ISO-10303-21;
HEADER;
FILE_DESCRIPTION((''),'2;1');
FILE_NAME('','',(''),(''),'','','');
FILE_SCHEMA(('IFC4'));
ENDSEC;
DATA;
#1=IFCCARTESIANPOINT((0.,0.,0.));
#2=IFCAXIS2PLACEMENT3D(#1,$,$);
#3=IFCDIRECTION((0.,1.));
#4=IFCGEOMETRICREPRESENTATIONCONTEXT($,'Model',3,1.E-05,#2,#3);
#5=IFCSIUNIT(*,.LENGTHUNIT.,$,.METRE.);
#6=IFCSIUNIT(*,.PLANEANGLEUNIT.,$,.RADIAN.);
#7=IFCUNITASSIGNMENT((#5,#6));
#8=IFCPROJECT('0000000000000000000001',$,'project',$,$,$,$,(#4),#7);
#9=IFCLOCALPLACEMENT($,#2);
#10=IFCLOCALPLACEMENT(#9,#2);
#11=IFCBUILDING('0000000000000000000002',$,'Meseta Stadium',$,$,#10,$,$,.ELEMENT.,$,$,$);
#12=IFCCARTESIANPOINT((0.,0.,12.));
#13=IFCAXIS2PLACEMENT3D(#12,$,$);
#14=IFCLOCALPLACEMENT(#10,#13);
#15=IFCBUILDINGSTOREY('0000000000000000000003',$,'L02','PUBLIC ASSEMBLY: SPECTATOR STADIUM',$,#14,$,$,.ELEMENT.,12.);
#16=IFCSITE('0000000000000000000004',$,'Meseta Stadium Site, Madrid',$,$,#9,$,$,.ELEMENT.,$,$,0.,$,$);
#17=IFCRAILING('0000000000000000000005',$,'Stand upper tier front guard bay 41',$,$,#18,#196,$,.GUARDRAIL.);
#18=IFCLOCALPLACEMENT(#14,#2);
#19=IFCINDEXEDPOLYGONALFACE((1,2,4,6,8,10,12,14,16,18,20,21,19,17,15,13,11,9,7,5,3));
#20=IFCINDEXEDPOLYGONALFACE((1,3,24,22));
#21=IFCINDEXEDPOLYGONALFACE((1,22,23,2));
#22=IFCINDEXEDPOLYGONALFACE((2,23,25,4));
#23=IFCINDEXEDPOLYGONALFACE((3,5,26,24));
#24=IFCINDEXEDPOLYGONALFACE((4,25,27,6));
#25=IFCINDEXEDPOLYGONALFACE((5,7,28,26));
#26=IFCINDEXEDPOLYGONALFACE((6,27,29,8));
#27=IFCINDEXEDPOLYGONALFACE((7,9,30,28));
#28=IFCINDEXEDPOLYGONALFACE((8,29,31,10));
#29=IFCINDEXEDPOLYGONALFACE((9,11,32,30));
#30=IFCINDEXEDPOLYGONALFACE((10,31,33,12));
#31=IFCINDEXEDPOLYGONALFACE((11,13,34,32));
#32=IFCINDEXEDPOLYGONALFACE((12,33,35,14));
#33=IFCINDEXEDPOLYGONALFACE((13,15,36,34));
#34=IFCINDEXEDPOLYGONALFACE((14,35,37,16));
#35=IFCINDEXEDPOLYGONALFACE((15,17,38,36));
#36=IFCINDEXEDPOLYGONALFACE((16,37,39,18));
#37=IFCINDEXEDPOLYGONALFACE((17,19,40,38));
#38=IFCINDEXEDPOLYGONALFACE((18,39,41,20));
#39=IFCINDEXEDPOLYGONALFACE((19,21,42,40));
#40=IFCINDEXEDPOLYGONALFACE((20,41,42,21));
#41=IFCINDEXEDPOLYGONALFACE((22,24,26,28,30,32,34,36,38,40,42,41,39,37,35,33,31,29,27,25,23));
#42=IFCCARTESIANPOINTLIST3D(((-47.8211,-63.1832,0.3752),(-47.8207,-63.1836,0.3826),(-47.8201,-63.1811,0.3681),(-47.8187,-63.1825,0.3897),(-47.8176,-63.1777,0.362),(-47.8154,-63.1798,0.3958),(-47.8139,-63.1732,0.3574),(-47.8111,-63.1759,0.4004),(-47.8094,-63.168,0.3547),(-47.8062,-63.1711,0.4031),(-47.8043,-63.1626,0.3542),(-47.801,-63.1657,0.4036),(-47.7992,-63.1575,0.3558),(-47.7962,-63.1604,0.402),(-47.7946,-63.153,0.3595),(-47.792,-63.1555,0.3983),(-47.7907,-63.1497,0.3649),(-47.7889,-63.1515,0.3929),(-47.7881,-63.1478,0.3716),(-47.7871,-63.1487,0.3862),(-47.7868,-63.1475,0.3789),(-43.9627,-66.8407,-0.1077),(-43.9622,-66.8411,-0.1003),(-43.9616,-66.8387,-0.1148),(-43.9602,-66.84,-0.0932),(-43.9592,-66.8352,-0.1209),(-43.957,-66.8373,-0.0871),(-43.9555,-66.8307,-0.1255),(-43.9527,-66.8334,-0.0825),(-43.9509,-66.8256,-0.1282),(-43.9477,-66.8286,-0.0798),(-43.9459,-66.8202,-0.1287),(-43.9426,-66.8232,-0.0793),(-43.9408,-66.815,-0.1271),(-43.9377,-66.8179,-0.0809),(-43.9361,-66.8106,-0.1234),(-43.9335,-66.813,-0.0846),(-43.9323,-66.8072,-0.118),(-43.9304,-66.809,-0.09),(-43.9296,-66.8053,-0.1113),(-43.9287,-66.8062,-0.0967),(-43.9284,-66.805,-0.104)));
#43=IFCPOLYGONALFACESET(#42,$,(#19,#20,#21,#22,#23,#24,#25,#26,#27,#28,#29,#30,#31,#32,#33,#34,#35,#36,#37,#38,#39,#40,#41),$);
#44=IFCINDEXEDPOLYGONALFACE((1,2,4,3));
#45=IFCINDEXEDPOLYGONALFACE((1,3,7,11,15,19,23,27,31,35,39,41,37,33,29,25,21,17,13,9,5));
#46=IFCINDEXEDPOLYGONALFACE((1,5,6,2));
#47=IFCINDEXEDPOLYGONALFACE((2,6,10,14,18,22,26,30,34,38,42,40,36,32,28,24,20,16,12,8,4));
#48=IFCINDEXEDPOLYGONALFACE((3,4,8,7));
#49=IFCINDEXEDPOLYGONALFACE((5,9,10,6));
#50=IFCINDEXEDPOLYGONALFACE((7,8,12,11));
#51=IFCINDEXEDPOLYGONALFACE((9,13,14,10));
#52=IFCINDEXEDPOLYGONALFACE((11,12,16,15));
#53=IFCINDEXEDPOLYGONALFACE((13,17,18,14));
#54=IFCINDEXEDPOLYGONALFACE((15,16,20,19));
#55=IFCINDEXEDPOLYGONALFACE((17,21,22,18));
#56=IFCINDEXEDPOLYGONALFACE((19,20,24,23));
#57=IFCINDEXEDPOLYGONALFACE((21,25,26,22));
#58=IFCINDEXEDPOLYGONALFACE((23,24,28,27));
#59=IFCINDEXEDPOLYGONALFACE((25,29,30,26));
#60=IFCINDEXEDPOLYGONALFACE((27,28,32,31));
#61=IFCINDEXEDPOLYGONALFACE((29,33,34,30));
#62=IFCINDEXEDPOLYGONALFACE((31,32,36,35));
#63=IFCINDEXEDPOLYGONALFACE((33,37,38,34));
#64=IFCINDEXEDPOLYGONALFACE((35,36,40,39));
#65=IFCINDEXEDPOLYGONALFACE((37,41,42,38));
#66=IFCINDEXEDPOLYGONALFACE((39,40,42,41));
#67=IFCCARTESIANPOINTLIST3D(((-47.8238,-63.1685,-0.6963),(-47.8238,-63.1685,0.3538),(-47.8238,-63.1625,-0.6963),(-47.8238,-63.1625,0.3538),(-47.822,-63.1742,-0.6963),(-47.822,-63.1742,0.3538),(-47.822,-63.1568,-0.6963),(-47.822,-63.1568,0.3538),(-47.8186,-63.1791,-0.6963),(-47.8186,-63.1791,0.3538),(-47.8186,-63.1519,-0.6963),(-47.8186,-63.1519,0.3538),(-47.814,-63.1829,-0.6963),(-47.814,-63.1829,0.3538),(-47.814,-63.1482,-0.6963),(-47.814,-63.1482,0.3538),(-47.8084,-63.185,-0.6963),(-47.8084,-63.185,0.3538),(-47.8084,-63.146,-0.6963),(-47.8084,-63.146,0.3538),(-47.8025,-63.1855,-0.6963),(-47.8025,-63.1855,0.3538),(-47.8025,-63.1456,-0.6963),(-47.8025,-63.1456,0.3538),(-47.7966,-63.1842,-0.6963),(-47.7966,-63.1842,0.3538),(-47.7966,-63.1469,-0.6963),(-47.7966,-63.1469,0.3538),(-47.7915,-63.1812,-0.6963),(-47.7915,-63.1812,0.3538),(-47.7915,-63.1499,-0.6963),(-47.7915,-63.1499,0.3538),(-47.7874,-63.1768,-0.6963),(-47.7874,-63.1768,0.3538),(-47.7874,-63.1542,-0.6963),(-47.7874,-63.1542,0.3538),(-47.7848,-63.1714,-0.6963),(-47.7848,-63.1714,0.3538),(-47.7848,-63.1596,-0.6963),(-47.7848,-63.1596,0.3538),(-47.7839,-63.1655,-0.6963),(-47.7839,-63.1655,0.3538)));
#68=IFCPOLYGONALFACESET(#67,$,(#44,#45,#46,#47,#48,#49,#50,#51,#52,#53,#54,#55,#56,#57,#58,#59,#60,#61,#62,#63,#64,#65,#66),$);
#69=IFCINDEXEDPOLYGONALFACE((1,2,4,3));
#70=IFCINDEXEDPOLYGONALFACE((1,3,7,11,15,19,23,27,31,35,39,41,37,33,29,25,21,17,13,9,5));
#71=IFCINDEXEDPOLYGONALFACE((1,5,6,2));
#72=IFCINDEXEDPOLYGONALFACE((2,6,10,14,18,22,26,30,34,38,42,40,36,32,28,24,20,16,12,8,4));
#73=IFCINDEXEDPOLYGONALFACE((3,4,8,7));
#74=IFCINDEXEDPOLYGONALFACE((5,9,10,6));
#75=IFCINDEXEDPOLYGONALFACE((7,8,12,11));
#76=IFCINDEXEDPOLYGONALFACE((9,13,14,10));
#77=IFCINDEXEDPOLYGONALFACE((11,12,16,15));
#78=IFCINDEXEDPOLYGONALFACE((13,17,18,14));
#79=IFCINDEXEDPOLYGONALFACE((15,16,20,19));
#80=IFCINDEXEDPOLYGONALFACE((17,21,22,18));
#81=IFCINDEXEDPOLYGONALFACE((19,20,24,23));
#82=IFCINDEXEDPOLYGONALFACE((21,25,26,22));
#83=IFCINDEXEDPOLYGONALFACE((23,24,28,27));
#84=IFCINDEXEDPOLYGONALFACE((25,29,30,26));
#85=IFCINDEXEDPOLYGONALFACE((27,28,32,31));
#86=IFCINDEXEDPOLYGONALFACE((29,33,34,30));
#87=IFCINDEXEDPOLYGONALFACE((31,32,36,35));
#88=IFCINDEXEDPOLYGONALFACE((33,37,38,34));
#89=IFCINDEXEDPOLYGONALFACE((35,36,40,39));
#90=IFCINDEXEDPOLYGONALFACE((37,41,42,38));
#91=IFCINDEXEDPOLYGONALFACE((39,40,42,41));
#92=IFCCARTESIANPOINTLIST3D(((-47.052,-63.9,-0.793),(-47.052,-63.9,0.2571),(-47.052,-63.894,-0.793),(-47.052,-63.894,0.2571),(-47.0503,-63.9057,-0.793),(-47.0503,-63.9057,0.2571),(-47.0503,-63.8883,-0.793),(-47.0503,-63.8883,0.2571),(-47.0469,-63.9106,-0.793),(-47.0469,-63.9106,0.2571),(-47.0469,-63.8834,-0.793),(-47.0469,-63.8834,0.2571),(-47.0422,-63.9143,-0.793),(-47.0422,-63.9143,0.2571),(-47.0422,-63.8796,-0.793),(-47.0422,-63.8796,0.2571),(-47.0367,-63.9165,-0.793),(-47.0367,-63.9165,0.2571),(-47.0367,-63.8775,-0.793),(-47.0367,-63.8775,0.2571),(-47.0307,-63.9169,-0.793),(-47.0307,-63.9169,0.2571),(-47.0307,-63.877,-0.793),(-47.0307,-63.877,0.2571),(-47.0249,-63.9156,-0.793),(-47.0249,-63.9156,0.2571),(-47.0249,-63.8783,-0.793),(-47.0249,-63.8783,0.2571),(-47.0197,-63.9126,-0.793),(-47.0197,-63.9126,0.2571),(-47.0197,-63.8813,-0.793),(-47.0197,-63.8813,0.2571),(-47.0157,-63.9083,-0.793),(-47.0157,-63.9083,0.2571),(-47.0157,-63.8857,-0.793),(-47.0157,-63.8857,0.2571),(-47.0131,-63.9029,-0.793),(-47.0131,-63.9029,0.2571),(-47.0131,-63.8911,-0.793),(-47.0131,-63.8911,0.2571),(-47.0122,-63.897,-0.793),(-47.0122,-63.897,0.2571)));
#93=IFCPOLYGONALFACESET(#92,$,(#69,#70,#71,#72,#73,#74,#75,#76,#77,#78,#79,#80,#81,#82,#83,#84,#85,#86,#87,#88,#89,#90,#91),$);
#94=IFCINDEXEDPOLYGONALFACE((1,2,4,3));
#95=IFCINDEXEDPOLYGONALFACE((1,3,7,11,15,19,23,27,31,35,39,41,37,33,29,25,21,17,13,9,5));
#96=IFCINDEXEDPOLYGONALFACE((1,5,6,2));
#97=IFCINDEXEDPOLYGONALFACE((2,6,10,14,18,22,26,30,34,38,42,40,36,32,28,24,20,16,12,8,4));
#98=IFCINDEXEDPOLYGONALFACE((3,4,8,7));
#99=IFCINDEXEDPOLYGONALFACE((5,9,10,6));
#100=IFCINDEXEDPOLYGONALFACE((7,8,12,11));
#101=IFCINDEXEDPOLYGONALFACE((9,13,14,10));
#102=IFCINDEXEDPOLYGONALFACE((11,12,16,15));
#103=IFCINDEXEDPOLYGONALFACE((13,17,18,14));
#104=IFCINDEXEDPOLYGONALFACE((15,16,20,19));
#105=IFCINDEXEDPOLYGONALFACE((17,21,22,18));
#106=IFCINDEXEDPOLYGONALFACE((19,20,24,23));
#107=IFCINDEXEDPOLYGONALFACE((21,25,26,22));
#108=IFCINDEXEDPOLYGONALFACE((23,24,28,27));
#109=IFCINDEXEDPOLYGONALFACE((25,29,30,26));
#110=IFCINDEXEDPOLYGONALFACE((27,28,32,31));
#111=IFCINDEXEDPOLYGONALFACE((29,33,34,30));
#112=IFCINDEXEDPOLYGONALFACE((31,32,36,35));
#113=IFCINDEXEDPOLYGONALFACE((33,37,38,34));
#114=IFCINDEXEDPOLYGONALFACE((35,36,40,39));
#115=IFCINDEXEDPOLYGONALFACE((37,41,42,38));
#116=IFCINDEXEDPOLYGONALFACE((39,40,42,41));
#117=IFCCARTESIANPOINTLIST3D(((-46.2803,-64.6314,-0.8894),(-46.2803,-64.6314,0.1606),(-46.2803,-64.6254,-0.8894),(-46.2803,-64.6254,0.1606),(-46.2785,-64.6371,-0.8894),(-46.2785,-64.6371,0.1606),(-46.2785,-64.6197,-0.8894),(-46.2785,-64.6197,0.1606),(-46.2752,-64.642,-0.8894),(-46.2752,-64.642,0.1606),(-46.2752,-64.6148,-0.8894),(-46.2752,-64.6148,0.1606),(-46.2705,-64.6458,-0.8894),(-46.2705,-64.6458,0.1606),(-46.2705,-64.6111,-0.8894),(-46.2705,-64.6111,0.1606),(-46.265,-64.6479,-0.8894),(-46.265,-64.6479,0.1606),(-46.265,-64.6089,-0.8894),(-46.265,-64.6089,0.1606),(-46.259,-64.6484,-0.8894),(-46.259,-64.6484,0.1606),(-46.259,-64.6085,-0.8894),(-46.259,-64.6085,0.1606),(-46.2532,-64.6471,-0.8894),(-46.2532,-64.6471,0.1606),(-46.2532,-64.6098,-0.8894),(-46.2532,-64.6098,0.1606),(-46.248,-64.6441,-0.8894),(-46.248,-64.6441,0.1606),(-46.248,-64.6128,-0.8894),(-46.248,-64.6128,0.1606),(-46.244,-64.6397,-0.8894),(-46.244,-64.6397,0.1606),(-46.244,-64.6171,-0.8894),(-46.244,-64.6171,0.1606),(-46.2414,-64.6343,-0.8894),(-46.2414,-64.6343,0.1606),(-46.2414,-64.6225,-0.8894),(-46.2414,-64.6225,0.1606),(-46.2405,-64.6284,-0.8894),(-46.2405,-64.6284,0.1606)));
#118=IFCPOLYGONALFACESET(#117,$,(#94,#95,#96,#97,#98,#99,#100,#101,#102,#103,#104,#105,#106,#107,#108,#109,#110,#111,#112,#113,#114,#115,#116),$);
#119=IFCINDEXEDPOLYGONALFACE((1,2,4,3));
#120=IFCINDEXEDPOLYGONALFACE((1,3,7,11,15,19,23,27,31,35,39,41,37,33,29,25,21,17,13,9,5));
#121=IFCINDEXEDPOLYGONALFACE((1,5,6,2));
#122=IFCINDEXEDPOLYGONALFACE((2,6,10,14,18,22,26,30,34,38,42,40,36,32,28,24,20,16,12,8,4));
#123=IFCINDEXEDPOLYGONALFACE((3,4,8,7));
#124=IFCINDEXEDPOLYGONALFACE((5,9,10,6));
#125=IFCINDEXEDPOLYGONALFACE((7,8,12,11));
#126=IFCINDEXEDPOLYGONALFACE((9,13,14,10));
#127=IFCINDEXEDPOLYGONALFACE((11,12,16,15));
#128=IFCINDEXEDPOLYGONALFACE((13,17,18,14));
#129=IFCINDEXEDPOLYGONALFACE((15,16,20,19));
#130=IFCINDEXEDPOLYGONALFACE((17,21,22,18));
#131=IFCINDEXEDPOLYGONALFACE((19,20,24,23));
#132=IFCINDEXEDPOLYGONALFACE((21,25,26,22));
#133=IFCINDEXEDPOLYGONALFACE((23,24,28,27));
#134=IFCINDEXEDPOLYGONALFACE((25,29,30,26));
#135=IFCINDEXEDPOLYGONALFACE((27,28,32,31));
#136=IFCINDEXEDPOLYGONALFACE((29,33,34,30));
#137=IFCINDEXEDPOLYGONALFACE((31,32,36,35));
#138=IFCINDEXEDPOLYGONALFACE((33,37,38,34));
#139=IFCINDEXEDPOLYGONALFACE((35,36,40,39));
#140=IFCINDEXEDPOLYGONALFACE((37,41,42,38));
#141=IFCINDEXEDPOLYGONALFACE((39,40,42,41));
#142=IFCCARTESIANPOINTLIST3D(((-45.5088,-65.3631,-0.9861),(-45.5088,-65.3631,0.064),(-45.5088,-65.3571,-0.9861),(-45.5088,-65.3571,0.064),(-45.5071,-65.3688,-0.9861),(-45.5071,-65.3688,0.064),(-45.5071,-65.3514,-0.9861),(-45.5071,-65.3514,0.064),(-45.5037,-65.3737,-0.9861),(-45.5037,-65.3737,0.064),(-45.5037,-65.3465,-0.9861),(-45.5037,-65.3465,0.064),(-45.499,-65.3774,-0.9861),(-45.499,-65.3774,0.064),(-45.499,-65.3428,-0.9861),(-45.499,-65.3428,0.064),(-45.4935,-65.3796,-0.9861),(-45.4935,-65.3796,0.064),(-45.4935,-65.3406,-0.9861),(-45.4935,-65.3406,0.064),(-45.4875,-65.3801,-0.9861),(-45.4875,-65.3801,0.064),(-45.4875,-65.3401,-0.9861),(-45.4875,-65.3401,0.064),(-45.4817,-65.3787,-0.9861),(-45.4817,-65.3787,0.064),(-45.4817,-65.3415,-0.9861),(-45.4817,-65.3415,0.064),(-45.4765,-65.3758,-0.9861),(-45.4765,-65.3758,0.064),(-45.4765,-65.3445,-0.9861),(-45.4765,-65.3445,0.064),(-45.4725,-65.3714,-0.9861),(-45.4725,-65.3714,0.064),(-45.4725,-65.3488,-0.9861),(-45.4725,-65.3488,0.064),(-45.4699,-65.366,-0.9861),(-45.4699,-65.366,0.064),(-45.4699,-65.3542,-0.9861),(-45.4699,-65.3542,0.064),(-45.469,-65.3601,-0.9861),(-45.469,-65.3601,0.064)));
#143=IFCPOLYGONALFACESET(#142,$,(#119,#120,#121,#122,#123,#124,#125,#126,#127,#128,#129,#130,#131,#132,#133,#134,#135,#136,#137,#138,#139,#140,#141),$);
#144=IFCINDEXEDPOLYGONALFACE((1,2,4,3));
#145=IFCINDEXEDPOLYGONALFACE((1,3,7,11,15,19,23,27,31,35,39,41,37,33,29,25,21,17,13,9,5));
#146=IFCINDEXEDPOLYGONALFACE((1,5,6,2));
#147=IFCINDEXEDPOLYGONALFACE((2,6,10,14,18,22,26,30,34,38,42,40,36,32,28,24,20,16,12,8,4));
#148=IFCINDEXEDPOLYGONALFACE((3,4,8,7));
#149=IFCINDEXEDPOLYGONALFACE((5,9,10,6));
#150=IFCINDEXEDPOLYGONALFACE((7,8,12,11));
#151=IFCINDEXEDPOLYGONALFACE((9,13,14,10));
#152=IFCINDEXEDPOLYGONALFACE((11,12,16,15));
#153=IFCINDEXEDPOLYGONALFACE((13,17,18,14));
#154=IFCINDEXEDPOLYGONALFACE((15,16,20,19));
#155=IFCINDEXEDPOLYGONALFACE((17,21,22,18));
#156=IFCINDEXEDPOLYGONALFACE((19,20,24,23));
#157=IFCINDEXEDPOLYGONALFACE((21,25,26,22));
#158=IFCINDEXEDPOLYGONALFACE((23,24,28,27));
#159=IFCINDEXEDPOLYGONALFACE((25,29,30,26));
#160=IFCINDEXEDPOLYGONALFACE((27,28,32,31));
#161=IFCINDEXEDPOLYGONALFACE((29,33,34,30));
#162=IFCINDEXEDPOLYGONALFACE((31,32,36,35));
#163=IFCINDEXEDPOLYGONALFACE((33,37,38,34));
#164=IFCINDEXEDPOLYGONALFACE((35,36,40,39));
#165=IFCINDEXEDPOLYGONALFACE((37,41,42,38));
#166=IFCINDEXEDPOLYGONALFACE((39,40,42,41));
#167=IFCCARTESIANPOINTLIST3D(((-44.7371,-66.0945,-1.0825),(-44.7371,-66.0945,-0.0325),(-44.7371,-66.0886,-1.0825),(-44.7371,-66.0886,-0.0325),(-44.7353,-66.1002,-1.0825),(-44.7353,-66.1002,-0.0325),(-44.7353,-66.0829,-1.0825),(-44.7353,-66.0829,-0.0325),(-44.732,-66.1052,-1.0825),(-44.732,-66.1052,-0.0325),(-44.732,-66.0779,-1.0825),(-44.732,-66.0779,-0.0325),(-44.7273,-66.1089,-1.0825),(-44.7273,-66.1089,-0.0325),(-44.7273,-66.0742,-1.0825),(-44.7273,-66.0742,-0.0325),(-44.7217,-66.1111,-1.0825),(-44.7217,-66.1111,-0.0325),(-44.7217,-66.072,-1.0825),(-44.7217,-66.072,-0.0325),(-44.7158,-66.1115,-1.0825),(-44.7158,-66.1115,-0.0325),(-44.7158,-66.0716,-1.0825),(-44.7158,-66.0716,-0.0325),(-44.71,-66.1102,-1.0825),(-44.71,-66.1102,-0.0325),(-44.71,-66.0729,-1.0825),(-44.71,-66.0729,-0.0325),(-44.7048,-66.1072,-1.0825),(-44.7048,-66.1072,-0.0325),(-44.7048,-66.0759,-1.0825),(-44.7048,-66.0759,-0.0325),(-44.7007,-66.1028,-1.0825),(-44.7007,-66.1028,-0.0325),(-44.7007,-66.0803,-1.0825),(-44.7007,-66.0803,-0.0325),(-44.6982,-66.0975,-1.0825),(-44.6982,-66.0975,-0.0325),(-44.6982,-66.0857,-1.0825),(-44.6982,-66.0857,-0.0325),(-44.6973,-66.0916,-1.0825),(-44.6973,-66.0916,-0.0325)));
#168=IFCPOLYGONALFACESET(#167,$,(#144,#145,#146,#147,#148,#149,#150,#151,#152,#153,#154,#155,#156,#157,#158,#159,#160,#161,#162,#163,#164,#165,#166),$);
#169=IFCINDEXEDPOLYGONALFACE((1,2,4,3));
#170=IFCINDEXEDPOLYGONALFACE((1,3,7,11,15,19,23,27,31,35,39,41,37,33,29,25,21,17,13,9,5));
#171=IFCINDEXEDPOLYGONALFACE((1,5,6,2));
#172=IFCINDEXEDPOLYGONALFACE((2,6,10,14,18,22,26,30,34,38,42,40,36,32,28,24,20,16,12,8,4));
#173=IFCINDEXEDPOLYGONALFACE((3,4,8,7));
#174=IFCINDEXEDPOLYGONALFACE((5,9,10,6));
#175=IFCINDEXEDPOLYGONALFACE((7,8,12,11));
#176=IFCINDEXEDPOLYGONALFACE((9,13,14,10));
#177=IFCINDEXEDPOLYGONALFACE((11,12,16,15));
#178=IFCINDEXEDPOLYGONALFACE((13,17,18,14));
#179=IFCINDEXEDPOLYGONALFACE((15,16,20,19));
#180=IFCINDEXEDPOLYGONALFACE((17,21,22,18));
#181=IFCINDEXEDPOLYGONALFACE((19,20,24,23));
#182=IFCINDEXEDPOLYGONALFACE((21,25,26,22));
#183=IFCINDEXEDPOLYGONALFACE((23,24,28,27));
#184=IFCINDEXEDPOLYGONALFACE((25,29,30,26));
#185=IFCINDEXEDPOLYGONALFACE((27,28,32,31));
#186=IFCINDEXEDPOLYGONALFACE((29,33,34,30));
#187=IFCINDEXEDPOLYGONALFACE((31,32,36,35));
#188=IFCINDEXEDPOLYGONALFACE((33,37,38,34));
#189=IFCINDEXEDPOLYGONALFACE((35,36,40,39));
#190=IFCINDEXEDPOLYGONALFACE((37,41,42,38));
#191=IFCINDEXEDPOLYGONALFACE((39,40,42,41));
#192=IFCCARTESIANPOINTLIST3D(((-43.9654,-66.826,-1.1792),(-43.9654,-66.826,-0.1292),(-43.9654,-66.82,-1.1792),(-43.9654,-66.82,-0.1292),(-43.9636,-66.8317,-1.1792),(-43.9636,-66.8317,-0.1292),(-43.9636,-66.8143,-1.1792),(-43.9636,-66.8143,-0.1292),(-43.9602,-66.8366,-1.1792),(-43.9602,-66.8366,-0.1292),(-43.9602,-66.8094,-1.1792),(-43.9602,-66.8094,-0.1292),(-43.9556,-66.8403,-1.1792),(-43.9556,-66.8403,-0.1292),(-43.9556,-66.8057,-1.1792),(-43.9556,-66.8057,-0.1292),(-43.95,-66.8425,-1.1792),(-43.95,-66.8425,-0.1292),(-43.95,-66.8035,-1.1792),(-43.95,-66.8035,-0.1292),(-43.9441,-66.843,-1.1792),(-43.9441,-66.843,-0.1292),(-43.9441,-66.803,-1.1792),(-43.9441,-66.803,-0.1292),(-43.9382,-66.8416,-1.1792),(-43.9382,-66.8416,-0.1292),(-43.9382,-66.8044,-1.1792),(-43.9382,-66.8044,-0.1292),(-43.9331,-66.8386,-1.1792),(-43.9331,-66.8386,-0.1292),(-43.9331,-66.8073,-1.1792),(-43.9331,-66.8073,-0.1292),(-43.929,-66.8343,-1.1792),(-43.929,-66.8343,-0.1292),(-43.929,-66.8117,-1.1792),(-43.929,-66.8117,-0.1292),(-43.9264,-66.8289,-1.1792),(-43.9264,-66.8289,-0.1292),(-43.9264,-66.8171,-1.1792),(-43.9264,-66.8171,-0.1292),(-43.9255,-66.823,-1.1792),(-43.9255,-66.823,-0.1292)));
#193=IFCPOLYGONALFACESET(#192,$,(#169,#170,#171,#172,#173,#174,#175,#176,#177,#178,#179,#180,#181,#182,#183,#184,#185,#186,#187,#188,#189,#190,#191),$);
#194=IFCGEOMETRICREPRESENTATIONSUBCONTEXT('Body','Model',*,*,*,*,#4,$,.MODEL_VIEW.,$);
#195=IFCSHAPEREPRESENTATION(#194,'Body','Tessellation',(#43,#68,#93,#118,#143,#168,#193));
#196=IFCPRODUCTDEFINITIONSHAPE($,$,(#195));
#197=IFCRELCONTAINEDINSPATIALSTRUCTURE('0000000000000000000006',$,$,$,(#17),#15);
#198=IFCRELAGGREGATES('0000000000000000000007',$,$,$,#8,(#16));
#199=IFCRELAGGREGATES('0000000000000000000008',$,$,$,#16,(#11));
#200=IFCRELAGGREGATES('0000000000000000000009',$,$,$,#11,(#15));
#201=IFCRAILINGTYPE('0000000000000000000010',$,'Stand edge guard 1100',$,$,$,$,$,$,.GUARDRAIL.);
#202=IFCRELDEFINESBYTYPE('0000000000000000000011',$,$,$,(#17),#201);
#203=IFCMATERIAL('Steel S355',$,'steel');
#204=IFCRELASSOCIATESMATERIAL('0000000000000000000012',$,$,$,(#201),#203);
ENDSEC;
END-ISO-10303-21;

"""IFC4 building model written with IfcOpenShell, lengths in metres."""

from ifc_helpers import new_model, si_unit, direction, frame, origin, origin_2d, place, context, subcontext, project, spatial, circle, extrude, material, type_object, element, save


model = new_model("IFC4")

# Units and contexts
model_context = context("Model", 3, precision=1e-05, world=origin(), true_north=direction((0.0, 1.0)))
body_context = subcontext(model_context, "Body", "Model", "MODEL_VIEW")
ifc_project = project(units=[si_unit("LENGTHUNIT", "METRE"), si_unit("PLANEANGLEUNIT", "RADIAN")], contexts=[model_context])

# Site, building, storey
site_placement = place(None, origin())
site = spatial("IfcSite", under=ifc_project, at=site_placement, Name="Meseta Stadium Site, Madrid", CompositionType="ELEMENT", RefElevation=0.0)
building_placement = place(site_placement, origin())
building = spatial("IfcBuilding", under=site, at=building_placement, Name="Meseta Stadium", CompositionType="ELEMENT")
storey_placement = place(building_placement, frame((0.0, 0.0, 12.0)))
storey = spatial("IfcBuildingStorey", under=building, at=storey_placement, Name="L02", Description="PUBLIC ASSEMBLY: SPECTATOR STADIUM", CompositionType="ELEMENT", Elevation=12.0)

# Railing
ifc_material_1 = material(Name="Steel S355", Category="steel")
railing_type = type_object("IfcRailingType", Name="Stand edge guard 1100", PredefinedType="GUARDRAIL", material=ifc_material_1)
railing_1_placement = place(storey_placement, frame((-47.804, -63.1655, -0.6963)))
element("IfcRailing", 1, at=railing_1_placement, inside=storey, type_object=railing_type, Name="Stand upper tier front guard bay 41", PredefinedType="GUARDRAIL", context=body_context, shape_type="SweptSolid", body=[
    extrude(circle(Radius=0.0249, at=origin_2d()), frame((0.0, 0.0, 1.0752), z_axis=(0.722776, -0.685137, -0.090461), x_axis=(0.687957, 0.725751, 0.0)), (0.0, 0.0, 1.0), 5.3384),
    extrude(circle(Radius=0.02, at=origin_2d()), origin(), (0.0, 0.0, 1.0), 1.05),
    extrude(circle(Radius=0.02, at=origin_2d()), frame((0.7717, -0.7314, -0.0967)), (0.0, 0.0, 1.0), 1.05),
    extrude(circle(Radius=0.02, at=origin_2d()), frame((1.5435, -1.4629, -0.1931)), (0.0, 0.0, 1.0), 1.05),
    extrude(circle(Radius=0.02, at=origin_2d()), frame((2.3149, -2.1946, -0.2898)), (0.0, 0.0, 1.0), 1.05),
    extrude(circle(Radius=0.02, at=origin_2d()), frame((3.0867, -2.926, -0.3862)), (0.0, 0.0, 1.0), 1.05),
    extrude(circle(Radius=0.02, at=origin_2d()), frame((3.8584, -3.6575, -0.4829)), (0.0, 0.0, 1.0), 1.05),
])

save(model, "model.ifc")
